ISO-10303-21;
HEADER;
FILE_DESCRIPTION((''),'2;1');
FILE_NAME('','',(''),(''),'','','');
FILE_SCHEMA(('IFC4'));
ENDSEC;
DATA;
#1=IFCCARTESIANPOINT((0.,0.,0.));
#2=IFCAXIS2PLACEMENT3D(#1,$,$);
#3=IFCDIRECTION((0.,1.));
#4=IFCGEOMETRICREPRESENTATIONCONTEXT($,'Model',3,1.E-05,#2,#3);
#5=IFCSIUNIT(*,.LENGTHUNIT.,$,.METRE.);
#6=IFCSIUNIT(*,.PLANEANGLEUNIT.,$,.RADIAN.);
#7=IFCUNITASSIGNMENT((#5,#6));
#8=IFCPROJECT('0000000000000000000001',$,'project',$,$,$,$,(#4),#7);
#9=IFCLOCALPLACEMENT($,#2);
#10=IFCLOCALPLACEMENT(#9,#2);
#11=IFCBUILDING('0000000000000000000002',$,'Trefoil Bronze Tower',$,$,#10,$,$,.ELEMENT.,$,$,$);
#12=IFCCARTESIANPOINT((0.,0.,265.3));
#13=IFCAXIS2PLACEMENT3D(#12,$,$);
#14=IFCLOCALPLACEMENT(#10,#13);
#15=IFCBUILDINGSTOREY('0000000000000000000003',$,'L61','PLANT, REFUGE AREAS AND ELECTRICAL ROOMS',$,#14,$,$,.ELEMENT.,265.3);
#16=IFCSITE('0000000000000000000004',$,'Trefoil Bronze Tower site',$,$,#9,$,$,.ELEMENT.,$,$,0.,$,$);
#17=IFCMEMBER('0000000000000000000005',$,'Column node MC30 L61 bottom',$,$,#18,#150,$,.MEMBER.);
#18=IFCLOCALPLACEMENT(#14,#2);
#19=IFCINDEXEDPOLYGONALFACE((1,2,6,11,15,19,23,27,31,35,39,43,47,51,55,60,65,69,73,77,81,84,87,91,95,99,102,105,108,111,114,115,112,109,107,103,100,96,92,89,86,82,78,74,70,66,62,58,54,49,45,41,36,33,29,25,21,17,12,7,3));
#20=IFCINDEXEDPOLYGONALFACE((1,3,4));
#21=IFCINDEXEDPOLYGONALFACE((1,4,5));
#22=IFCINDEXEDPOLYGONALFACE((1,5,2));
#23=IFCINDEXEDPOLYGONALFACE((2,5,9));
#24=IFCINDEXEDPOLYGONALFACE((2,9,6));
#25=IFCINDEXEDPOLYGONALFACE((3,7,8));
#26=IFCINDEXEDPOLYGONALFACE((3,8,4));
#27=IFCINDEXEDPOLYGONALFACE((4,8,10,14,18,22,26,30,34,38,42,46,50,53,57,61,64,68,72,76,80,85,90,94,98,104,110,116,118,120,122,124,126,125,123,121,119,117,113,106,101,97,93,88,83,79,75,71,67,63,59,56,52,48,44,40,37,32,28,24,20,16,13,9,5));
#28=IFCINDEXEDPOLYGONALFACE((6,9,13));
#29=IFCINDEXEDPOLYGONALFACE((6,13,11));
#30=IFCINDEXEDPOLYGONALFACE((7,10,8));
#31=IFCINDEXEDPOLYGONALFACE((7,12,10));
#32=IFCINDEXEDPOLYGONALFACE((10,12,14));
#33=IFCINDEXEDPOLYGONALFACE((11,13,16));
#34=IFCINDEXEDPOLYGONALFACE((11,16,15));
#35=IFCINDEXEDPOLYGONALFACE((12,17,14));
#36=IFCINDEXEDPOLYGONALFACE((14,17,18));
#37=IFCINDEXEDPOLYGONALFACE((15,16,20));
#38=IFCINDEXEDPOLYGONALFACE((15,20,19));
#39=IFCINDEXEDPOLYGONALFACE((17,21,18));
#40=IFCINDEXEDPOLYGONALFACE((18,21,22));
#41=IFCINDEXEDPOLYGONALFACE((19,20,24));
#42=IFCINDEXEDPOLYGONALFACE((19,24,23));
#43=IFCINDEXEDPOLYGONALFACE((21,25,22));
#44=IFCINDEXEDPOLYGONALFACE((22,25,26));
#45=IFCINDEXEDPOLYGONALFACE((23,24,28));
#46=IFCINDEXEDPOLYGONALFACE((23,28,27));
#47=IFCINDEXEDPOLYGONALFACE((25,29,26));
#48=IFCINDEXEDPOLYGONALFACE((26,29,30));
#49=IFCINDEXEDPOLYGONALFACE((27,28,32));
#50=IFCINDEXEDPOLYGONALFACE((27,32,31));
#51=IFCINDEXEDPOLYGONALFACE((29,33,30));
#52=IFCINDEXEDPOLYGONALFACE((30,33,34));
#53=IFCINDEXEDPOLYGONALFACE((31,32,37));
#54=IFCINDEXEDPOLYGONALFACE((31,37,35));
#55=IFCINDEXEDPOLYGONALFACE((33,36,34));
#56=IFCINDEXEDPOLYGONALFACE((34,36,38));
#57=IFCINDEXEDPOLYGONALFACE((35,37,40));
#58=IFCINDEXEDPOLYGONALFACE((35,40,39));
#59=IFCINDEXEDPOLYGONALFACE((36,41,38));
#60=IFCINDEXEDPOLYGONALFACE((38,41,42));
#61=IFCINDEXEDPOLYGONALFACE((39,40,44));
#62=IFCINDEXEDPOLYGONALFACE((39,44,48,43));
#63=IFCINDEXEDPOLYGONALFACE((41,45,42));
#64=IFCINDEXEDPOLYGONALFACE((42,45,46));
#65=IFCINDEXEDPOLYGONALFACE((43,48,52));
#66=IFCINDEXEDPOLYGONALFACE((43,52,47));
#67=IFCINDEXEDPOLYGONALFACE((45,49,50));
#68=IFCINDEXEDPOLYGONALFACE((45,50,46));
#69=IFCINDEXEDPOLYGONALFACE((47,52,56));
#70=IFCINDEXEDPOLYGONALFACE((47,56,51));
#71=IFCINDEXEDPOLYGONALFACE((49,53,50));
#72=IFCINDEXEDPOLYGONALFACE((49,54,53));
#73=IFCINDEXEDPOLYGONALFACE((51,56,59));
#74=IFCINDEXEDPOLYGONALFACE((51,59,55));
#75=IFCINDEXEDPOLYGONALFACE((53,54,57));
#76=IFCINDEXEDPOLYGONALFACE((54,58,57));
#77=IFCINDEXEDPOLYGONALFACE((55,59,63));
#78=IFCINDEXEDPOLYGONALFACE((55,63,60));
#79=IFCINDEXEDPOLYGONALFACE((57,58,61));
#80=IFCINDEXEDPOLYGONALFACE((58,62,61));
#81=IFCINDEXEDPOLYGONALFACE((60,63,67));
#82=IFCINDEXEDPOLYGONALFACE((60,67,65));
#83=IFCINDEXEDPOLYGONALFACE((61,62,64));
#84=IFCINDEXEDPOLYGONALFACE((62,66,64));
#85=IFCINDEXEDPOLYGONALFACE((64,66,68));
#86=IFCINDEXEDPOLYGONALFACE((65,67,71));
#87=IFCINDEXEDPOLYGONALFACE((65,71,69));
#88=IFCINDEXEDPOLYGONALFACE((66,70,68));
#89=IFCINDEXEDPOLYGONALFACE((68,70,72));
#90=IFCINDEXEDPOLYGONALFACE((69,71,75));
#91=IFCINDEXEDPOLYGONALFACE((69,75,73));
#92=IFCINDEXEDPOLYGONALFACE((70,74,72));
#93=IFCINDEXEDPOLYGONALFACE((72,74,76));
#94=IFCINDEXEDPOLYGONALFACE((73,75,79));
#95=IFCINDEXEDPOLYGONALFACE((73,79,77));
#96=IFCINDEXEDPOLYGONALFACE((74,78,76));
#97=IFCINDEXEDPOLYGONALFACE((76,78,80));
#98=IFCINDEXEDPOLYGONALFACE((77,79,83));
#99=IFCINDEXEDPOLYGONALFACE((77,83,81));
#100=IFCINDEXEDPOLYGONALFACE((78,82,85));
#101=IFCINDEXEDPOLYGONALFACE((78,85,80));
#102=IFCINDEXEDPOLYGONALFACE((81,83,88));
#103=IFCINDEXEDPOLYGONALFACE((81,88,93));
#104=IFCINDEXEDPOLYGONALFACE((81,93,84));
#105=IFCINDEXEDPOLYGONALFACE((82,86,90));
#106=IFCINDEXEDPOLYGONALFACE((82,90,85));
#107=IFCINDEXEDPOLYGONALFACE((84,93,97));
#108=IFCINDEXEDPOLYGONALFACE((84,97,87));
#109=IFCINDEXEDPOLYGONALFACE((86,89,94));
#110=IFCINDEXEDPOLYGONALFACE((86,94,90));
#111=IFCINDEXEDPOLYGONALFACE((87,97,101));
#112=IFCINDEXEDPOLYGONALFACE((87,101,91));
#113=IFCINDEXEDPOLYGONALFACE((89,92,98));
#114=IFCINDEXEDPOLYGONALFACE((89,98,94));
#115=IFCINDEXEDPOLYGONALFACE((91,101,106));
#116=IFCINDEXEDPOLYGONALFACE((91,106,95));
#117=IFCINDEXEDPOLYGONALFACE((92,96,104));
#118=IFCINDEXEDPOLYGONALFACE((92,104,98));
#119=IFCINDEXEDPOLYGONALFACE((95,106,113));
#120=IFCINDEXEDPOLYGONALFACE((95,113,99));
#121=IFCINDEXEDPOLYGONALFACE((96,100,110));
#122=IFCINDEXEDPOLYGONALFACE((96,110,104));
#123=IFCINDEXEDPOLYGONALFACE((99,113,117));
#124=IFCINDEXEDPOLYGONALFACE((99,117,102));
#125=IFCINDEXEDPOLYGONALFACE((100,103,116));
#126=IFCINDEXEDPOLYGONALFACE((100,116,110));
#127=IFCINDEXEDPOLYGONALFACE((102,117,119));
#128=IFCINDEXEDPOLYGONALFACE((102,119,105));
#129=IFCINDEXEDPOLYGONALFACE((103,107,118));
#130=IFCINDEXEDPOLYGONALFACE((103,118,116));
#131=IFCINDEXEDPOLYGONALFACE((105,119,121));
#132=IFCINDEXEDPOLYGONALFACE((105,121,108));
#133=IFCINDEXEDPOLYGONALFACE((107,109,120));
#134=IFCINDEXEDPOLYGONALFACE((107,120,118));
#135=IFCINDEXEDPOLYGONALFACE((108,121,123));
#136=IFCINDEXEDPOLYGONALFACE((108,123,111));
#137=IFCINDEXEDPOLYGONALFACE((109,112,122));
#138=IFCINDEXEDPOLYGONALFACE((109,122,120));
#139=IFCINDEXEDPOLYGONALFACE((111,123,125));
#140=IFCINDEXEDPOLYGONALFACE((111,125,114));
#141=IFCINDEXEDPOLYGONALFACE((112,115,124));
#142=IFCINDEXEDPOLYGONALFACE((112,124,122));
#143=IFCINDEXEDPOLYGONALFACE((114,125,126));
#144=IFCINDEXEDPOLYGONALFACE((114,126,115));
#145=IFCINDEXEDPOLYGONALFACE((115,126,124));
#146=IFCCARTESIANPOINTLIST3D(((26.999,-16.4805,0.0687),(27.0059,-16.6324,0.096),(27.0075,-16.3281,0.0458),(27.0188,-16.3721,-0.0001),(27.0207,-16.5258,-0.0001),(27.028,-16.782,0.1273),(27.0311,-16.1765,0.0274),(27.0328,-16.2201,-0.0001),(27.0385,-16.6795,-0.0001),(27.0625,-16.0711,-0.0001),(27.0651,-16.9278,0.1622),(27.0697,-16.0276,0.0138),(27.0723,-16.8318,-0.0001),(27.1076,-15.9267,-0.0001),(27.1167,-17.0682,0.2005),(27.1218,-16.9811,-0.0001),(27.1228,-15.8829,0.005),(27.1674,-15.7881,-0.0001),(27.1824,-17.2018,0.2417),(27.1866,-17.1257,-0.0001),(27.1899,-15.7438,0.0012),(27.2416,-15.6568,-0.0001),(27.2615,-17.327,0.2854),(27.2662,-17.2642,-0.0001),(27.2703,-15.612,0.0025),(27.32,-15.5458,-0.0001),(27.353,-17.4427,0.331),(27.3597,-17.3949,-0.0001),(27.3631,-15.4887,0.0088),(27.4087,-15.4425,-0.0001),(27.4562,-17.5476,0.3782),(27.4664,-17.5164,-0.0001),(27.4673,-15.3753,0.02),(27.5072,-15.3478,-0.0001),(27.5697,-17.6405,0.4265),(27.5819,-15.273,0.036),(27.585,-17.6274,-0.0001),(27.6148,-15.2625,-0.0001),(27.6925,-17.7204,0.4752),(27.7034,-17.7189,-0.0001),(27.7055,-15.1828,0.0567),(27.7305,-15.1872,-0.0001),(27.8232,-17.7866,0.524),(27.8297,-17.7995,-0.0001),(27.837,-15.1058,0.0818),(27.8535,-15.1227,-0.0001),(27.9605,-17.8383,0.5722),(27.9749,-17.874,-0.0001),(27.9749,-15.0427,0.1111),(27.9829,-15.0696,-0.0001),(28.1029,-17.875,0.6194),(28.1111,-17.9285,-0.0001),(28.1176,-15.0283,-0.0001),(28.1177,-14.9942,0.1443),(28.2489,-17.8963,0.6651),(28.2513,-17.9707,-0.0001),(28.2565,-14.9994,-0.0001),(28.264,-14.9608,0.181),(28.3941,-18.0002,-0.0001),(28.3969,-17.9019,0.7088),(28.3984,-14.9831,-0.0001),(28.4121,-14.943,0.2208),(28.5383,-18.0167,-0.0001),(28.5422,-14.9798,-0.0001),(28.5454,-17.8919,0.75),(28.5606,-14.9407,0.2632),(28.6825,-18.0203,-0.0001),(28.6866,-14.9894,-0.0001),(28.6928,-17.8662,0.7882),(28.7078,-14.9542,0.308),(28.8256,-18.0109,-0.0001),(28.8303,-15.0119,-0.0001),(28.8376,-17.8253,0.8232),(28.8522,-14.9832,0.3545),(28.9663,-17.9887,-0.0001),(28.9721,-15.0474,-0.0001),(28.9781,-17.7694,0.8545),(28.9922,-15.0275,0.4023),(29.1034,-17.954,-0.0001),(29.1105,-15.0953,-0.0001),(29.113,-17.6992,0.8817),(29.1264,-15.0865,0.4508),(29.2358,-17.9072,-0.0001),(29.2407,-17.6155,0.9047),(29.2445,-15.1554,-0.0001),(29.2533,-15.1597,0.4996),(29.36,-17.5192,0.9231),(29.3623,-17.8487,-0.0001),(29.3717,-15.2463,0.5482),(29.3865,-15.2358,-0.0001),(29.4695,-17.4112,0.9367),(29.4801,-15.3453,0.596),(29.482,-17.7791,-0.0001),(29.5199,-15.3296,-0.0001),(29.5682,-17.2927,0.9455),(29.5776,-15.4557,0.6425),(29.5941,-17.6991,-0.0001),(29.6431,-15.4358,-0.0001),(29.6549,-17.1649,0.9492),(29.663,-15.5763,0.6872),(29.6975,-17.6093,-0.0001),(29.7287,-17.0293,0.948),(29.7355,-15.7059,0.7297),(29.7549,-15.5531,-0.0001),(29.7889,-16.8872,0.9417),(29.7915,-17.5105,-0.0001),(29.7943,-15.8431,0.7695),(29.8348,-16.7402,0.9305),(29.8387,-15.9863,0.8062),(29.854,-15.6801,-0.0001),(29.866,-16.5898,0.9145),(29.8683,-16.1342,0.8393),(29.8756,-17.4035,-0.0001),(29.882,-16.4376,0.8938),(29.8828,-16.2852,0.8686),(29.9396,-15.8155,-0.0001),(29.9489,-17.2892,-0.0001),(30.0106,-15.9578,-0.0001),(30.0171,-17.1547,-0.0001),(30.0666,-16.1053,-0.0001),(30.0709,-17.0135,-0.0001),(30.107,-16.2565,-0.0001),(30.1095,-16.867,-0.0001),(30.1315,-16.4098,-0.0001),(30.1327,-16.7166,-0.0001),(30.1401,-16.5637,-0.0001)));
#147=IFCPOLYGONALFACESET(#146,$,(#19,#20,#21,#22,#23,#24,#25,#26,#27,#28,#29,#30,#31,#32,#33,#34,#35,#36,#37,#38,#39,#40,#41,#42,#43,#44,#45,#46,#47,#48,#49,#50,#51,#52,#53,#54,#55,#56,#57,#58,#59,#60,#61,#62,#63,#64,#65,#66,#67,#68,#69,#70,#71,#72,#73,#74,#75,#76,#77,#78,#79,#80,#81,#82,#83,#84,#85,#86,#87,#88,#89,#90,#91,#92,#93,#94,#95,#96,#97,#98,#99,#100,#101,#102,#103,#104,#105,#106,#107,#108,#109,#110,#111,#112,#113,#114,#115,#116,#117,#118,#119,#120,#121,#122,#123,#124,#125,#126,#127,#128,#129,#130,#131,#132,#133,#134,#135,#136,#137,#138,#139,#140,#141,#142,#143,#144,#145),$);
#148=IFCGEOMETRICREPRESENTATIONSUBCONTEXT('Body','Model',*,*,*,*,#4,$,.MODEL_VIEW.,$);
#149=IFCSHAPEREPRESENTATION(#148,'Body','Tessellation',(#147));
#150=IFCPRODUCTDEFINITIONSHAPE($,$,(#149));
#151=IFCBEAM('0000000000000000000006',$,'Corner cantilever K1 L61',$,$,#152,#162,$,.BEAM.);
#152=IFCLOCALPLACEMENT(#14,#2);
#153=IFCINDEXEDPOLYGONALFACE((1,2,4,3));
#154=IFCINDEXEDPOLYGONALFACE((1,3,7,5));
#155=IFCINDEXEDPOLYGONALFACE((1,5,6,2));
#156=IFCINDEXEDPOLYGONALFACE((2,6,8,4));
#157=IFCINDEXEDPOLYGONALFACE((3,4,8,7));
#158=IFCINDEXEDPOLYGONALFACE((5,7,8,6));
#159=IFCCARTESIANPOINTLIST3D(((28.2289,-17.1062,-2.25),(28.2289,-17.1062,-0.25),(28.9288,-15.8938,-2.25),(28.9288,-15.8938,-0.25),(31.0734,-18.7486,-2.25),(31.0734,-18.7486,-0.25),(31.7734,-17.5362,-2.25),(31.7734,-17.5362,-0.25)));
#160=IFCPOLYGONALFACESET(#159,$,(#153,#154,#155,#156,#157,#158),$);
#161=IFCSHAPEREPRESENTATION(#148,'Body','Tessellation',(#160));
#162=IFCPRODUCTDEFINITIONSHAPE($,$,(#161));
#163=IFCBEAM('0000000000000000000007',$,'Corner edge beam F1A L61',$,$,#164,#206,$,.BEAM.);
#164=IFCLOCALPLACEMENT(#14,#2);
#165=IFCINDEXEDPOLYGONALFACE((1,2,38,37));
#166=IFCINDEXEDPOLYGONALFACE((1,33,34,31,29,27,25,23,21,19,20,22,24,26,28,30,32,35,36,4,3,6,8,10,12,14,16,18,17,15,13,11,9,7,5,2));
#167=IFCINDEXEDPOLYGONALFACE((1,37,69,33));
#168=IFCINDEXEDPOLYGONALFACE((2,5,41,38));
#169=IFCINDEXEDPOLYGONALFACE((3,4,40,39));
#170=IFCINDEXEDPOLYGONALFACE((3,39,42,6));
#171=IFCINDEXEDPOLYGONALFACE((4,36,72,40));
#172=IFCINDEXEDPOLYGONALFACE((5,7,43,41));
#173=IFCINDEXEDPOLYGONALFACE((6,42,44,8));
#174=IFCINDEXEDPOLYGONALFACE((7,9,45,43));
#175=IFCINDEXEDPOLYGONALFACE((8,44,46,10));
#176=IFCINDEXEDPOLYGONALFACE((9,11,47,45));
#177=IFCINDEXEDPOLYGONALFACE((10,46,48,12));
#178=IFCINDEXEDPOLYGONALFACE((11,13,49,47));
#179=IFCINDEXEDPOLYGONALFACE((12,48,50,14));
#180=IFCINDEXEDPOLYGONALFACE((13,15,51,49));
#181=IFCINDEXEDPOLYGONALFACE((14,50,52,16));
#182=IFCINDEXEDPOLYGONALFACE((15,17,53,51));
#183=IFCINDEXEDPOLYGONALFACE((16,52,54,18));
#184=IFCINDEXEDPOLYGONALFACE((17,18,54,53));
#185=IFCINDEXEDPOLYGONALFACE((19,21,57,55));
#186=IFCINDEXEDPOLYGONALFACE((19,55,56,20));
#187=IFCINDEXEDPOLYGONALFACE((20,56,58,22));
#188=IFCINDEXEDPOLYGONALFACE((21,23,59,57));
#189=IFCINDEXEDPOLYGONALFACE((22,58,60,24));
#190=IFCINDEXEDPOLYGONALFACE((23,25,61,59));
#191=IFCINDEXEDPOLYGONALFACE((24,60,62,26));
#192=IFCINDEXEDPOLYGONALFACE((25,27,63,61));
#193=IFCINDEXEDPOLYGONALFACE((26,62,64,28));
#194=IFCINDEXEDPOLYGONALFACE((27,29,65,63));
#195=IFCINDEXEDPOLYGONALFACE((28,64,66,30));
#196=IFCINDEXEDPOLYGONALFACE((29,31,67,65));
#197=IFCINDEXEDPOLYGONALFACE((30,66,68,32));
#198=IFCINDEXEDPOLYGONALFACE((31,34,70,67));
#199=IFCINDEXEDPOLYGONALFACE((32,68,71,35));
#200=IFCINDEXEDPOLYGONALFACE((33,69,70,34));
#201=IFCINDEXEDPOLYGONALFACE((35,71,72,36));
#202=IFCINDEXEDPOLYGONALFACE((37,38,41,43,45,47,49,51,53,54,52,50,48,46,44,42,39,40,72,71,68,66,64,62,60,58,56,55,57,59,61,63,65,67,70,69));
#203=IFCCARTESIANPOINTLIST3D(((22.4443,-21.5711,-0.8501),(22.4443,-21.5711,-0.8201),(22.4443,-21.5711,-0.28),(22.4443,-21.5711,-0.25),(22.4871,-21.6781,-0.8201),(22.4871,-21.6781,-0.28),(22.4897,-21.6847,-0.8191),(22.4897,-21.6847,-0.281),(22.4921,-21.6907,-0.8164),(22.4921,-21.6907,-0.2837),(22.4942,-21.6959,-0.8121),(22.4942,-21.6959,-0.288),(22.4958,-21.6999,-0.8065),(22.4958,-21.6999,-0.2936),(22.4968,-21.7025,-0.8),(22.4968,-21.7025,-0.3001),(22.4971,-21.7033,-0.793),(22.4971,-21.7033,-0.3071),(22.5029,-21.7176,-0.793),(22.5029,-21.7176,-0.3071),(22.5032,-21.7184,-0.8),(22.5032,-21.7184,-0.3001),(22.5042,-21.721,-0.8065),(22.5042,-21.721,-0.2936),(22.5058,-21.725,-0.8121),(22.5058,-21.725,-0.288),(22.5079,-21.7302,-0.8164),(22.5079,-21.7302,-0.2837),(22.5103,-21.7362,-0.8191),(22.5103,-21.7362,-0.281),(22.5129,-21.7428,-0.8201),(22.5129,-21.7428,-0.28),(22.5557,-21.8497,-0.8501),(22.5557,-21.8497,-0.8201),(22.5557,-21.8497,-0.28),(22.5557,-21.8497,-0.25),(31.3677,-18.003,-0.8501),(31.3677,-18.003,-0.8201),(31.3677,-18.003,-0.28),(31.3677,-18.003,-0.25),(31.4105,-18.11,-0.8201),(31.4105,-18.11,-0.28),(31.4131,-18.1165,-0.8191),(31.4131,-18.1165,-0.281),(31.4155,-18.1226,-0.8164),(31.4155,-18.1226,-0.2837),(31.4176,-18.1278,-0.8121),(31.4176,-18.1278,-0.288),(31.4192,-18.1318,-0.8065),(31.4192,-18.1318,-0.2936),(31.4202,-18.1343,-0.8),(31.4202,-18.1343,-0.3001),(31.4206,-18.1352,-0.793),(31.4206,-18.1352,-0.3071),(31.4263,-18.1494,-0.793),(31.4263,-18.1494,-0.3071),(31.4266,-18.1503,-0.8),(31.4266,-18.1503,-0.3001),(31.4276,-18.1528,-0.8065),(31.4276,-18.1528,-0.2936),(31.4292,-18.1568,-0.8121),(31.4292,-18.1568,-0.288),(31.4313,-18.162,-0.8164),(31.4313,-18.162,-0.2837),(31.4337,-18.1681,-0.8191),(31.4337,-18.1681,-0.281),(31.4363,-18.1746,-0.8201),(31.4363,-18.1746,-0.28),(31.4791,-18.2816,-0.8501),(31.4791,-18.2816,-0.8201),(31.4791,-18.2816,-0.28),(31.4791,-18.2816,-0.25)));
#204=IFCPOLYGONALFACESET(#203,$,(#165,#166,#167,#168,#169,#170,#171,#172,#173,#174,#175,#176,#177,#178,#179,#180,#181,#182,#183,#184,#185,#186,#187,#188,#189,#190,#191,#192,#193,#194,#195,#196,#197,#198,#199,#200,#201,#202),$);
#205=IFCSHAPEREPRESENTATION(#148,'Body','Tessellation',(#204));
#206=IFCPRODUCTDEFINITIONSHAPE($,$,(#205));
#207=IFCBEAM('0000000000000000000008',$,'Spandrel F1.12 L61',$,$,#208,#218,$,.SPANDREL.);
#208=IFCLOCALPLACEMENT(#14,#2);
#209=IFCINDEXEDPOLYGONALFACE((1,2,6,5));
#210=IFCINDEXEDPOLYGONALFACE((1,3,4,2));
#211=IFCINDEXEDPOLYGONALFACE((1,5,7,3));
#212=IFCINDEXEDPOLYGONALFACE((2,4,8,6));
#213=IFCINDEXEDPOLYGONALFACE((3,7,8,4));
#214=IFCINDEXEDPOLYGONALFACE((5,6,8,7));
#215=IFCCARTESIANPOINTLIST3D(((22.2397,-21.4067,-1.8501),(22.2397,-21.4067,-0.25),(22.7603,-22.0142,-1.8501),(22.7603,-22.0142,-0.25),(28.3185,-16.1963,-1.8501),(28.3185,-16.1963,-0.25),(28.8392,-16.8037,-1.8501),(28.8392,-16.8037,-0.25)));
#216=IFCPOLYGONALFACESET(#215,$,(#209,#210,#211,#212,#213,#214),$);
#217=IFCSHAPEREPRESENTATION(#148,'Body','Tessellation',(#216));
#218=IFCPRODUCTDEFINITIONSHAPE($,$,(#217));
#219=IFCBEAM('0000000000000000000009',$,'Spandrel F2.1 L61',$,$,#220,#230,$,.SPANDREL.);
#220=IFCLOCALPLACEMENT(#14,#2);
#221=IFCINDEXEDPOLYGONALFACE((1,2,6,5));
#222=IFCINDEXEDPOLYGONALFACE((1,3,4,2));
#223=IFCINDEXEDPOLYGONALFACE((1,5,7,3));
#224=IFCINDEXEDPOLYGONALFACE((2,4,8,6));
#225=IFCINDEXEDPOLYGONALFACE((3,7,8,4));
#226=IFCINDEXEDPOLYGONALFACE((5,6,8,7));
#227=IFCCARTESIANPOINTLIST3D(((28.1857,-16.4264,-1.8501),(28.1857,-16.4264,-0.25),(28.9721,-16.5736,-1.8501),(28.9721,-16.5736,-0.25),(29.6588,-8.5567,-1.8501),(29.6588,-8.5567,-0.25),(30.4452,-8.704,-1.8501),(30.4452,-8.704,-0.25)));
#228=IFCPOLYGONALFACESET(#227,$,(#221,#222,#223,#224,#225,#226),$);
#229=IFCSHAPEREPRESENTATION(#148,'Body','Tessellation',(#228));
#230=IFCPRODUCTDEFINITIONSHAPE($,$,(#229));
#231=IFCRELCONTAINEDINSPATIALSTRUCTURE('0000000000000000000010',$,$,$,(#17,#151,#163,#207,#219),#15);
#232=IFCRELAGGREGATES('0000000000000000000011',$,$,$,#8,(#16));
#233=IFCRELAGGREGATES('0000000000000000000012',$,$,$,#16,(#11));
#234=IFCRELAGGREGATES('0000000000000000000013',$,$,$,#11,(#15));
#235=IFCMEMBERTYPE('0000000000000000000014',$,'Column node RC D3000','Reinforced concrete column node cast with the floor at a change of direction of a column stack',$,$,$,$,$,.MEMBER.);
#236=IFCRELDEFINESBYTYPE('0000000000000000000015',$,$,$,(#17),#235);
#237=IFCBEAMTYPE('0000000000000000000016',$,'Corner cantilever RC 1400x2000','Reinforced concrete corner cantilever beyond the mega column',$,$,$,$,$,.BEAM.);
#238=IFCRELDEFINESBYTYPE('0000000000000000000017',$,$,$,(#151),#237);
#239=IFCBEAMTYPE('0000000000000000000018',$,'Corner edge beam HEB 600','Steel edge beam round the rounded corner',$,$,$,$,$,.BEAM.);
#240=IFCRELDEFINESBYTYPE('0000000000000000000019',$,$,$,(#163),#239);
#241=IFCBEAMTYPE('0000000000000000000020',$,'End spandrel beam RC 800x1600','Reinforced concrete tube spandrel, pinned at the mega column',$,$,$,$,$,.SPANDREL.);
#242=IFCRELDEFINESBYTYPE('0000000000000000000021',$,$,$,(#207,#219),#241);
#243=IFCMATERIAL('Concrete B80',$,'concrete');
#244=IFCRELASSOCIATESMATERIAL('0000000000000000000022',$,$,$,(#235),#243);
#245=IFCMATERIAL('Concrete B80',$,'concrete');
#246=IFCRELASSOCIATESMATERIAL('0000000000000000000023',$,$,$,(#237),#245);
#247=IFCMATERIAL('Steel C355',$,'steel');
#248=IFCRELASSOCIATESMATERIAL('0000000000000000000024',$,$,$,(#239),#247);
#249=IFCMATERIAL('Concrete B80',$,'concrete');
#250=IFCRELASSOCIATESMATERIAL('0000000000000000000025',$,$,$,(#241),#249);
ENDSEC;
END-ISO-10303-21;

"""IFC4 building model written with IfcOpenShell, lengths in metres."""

from ifc_helpers import new_model, si_unit, direction, frame, origin, origin_2d, place, context, subcontext, project, spatial, rectangle, circle, i_section, extrude, clip, halfspace, material, material_profile, profile_set, type_object, element, save


model = new_model("IFC4")

# Units and contexts
model_context = context("Model", 3, precision=1e-05, world=origin(), true_north=direction((0.0, 1.0)))
body_context = subcontext(model_context, "Body", "Model", "MODEL_VIEW")
ifc_project = project(units=[si_unit("LENGTHUNIT", "METRE"), si_unit("PLANEANGLEUNIT", "RADIAN")], contexts=[model_context])

# Site, building, storey
site_placement = place(None, origin())
site = spatial("IfcSite", under=ifc_project, at=site_placement, Name="Trefoil Bronze Tower site", CompositionType="ELEMENT", RefElevation=0.0)
building_placement = place(site_placement, origin())
building = spatial("IfcBuilding", under=site, at=building_placement, Name="Trefoil Bronze Tower", CompositionType="ELEMENT")
storey_placement = place(building_placement, frame((0.0, 0.0, 265.3)))
storey = spatial("IfcBuildingStorey", under=building, at=storey_placement, Name="L61", Description="PLANT, REFUGE AREAS AND ELECTRICAL ROOMS", CompositionType="ELEMENT", Elevation=265.3)

# Member
ifc_material_1 = material(Name="Concrete B80", Category="concrete")
ifc_material_profile_1 = material_profile(ifc_material_1, circle(Radius=1.5, at=origin_2d()), Name="RC D3000")
ifc_profile_set_1 = profile_set([ifc_material_profile_1], Name="Concrete B80")
member_type = type_object("IfcMemberType", Name="Column node RC D3000", Description="Reinforced concrete column node cast with the floor at a change of direction of a column stack", PredefinedType="MEMBER", material=ifc_profile_set_1)
member_1_placement = place(storey_placement, frame((28.7161, -16.5791, -0.4753), z_axis=(-0.273849, 0.157877, 0.948726), x_axis=(-0.499456, -0.86634, 0.0)))
element("IfcMember", 1, at=member_1_placement, inside=storey, type_object=member_type, Name="Column node MC30 L61 bottom", PredefinedType="MEMBER", context=body_context, shape_type="Clipping", body=[
    clip(extrude(circle(Radius=1.5, at=origin_2d()), origin(), (0.0, 0.0, 1.0), 1.002), halfspace(frame((0.0, 0.0, 0.501), z_axis=(0.0, 0.316099, 0.948726), x_axis=(0.0, 0.948726, -0.316099)), True)),
])

# Beams
ifc_material_2 = material(Name="Concrete B80", Category="concrete")
ifc_material_profile_2 = material_profile(ifc_material_2, rectangle(XDim=1.3999, YDim=2.0, at=origin_2d()), Name="RC 1400x2000")
ifc_profile_set_2 = profile_set([ifc_material_profile_2], Name="Concrete B80")
beam_type_1 = type_object("IfcBeamType", Name="Corner cantilever RC 1400x2000", Description="Reinforced concrete corner cantilever beyond the mega column", PredefinedType="BEAM", material=ifc_profile_set_2)
beam_1_placement = place(storey_placement, frame((28.5789, -16.5, -1.25), z_axis=(0.866016, -0.500016, 0.0), x_axis=(0.500016, 0.866016, 0.0)))
element("IfcBeam", 2, at=beam_1_placement, inside=storey, type_object=beam_type_1, Name="Corner cantilever K1 L61", PredefinedType="BEAM", context=body_context, shape_type="SweptSolid", body=[
    extrude(rectangle(XDim=1.3999, YDim=2.0, at=origin_2d()), origin(), (0.0, 0.0, 1.0), 3.2847),
])
ifc_material_3 = material(Name="Steel C355", Category="steel")
ifc_material_profile_3 = material_profile(ifc_material_3, i_section(OverallWidth=0.3, OverallDepth=0.6001, WebThickness=0.0154, FlangeThickness=0.03, FilletRadius=0.0271, at=origin_2d()), Name="HEB 600")
ifc_profile_set_3 = profile_set([ifc_material_profile_3], Name="Steel C355")
beam_type_2 = type_object("IfcBeamType", Name="Corner edge beam HEB 600", Description="Steel edge beam round the rounded corner", PredefinedType="BEAM", material=ifc_profile_set_3)
beam_2_placement = place(storey_placement, frame((22.5, -21.7104, -0.55), z_axis=(0.92852, 0.371281, 0.0), x_axis=(-0.371281, 0.92852, 0.0)))
element("IfcBeam", 3, at=beam_2_placement, inside=storey, type_object=beam_type_2, Name="Corner edge beam F1A L61", PredefinedType="BEAM", context=body_context, shape_type="SweptSolid", body=[
    extrude(i_section(OverallWidth=0.3, OverallDepth=0.6001, WebThickness=0.0154, FlangeThickness=0.03, FilletRadius=0.0271, at=origin_2d()), origin(), (0.0, 0.0, 1.0), 9.6104),
])
ifc_material_4 = material(Name="Concrete B80", Category="concrete")
ifc_material_profile_4 = material_profile(ifc_material_4, rectangle(XDim=0.8, YDim=1.6001, at=origin_2d()), Name="RC 800x1600")
ifc_profile_set_4 = profile_set([ifc_material_profile_4], Name="Concrete B80")
beam_type_3 = type_object("IfcBeamType", Name="End spandrel beam RC 800x1600", Description="Reinforced concrete tube spandrel, pinned at the mega column", PredefinedType="SPANDREL", material=ifc_profile_set_4)
for number, where, z_axis, x_axis, name in (
    (4, (22.5, -21.7104, -1.05), (0.759257, 0.650791, 0.0), (-0.650791, 0.759257, 0.0), "Spandrel F1.12 L61"),
    (5, (28.5789, -16.5, -1.05), (0.183998, 0.982927, 0.0), (-0.982927, 0.183998, 0.0), "Spandrel F2.1 L61"),
):
    element("IfcBeam", number, at=place(storey_placement, frame(where, z_axis=z_axis, x_axis=x_axis)), inside=storey, type_object=beam_type_3, Name=name, PredefinedType="SPANDREL", context=body_context, shape_type="SweptSolid", body=[
        extrude(rectangle(XDim=0.8, YDim=1.6001, at=origin_2d()), origin(), (0.0, 0.0, 1.0), 8.0063),
    ])

save(model, "model.ifc")
